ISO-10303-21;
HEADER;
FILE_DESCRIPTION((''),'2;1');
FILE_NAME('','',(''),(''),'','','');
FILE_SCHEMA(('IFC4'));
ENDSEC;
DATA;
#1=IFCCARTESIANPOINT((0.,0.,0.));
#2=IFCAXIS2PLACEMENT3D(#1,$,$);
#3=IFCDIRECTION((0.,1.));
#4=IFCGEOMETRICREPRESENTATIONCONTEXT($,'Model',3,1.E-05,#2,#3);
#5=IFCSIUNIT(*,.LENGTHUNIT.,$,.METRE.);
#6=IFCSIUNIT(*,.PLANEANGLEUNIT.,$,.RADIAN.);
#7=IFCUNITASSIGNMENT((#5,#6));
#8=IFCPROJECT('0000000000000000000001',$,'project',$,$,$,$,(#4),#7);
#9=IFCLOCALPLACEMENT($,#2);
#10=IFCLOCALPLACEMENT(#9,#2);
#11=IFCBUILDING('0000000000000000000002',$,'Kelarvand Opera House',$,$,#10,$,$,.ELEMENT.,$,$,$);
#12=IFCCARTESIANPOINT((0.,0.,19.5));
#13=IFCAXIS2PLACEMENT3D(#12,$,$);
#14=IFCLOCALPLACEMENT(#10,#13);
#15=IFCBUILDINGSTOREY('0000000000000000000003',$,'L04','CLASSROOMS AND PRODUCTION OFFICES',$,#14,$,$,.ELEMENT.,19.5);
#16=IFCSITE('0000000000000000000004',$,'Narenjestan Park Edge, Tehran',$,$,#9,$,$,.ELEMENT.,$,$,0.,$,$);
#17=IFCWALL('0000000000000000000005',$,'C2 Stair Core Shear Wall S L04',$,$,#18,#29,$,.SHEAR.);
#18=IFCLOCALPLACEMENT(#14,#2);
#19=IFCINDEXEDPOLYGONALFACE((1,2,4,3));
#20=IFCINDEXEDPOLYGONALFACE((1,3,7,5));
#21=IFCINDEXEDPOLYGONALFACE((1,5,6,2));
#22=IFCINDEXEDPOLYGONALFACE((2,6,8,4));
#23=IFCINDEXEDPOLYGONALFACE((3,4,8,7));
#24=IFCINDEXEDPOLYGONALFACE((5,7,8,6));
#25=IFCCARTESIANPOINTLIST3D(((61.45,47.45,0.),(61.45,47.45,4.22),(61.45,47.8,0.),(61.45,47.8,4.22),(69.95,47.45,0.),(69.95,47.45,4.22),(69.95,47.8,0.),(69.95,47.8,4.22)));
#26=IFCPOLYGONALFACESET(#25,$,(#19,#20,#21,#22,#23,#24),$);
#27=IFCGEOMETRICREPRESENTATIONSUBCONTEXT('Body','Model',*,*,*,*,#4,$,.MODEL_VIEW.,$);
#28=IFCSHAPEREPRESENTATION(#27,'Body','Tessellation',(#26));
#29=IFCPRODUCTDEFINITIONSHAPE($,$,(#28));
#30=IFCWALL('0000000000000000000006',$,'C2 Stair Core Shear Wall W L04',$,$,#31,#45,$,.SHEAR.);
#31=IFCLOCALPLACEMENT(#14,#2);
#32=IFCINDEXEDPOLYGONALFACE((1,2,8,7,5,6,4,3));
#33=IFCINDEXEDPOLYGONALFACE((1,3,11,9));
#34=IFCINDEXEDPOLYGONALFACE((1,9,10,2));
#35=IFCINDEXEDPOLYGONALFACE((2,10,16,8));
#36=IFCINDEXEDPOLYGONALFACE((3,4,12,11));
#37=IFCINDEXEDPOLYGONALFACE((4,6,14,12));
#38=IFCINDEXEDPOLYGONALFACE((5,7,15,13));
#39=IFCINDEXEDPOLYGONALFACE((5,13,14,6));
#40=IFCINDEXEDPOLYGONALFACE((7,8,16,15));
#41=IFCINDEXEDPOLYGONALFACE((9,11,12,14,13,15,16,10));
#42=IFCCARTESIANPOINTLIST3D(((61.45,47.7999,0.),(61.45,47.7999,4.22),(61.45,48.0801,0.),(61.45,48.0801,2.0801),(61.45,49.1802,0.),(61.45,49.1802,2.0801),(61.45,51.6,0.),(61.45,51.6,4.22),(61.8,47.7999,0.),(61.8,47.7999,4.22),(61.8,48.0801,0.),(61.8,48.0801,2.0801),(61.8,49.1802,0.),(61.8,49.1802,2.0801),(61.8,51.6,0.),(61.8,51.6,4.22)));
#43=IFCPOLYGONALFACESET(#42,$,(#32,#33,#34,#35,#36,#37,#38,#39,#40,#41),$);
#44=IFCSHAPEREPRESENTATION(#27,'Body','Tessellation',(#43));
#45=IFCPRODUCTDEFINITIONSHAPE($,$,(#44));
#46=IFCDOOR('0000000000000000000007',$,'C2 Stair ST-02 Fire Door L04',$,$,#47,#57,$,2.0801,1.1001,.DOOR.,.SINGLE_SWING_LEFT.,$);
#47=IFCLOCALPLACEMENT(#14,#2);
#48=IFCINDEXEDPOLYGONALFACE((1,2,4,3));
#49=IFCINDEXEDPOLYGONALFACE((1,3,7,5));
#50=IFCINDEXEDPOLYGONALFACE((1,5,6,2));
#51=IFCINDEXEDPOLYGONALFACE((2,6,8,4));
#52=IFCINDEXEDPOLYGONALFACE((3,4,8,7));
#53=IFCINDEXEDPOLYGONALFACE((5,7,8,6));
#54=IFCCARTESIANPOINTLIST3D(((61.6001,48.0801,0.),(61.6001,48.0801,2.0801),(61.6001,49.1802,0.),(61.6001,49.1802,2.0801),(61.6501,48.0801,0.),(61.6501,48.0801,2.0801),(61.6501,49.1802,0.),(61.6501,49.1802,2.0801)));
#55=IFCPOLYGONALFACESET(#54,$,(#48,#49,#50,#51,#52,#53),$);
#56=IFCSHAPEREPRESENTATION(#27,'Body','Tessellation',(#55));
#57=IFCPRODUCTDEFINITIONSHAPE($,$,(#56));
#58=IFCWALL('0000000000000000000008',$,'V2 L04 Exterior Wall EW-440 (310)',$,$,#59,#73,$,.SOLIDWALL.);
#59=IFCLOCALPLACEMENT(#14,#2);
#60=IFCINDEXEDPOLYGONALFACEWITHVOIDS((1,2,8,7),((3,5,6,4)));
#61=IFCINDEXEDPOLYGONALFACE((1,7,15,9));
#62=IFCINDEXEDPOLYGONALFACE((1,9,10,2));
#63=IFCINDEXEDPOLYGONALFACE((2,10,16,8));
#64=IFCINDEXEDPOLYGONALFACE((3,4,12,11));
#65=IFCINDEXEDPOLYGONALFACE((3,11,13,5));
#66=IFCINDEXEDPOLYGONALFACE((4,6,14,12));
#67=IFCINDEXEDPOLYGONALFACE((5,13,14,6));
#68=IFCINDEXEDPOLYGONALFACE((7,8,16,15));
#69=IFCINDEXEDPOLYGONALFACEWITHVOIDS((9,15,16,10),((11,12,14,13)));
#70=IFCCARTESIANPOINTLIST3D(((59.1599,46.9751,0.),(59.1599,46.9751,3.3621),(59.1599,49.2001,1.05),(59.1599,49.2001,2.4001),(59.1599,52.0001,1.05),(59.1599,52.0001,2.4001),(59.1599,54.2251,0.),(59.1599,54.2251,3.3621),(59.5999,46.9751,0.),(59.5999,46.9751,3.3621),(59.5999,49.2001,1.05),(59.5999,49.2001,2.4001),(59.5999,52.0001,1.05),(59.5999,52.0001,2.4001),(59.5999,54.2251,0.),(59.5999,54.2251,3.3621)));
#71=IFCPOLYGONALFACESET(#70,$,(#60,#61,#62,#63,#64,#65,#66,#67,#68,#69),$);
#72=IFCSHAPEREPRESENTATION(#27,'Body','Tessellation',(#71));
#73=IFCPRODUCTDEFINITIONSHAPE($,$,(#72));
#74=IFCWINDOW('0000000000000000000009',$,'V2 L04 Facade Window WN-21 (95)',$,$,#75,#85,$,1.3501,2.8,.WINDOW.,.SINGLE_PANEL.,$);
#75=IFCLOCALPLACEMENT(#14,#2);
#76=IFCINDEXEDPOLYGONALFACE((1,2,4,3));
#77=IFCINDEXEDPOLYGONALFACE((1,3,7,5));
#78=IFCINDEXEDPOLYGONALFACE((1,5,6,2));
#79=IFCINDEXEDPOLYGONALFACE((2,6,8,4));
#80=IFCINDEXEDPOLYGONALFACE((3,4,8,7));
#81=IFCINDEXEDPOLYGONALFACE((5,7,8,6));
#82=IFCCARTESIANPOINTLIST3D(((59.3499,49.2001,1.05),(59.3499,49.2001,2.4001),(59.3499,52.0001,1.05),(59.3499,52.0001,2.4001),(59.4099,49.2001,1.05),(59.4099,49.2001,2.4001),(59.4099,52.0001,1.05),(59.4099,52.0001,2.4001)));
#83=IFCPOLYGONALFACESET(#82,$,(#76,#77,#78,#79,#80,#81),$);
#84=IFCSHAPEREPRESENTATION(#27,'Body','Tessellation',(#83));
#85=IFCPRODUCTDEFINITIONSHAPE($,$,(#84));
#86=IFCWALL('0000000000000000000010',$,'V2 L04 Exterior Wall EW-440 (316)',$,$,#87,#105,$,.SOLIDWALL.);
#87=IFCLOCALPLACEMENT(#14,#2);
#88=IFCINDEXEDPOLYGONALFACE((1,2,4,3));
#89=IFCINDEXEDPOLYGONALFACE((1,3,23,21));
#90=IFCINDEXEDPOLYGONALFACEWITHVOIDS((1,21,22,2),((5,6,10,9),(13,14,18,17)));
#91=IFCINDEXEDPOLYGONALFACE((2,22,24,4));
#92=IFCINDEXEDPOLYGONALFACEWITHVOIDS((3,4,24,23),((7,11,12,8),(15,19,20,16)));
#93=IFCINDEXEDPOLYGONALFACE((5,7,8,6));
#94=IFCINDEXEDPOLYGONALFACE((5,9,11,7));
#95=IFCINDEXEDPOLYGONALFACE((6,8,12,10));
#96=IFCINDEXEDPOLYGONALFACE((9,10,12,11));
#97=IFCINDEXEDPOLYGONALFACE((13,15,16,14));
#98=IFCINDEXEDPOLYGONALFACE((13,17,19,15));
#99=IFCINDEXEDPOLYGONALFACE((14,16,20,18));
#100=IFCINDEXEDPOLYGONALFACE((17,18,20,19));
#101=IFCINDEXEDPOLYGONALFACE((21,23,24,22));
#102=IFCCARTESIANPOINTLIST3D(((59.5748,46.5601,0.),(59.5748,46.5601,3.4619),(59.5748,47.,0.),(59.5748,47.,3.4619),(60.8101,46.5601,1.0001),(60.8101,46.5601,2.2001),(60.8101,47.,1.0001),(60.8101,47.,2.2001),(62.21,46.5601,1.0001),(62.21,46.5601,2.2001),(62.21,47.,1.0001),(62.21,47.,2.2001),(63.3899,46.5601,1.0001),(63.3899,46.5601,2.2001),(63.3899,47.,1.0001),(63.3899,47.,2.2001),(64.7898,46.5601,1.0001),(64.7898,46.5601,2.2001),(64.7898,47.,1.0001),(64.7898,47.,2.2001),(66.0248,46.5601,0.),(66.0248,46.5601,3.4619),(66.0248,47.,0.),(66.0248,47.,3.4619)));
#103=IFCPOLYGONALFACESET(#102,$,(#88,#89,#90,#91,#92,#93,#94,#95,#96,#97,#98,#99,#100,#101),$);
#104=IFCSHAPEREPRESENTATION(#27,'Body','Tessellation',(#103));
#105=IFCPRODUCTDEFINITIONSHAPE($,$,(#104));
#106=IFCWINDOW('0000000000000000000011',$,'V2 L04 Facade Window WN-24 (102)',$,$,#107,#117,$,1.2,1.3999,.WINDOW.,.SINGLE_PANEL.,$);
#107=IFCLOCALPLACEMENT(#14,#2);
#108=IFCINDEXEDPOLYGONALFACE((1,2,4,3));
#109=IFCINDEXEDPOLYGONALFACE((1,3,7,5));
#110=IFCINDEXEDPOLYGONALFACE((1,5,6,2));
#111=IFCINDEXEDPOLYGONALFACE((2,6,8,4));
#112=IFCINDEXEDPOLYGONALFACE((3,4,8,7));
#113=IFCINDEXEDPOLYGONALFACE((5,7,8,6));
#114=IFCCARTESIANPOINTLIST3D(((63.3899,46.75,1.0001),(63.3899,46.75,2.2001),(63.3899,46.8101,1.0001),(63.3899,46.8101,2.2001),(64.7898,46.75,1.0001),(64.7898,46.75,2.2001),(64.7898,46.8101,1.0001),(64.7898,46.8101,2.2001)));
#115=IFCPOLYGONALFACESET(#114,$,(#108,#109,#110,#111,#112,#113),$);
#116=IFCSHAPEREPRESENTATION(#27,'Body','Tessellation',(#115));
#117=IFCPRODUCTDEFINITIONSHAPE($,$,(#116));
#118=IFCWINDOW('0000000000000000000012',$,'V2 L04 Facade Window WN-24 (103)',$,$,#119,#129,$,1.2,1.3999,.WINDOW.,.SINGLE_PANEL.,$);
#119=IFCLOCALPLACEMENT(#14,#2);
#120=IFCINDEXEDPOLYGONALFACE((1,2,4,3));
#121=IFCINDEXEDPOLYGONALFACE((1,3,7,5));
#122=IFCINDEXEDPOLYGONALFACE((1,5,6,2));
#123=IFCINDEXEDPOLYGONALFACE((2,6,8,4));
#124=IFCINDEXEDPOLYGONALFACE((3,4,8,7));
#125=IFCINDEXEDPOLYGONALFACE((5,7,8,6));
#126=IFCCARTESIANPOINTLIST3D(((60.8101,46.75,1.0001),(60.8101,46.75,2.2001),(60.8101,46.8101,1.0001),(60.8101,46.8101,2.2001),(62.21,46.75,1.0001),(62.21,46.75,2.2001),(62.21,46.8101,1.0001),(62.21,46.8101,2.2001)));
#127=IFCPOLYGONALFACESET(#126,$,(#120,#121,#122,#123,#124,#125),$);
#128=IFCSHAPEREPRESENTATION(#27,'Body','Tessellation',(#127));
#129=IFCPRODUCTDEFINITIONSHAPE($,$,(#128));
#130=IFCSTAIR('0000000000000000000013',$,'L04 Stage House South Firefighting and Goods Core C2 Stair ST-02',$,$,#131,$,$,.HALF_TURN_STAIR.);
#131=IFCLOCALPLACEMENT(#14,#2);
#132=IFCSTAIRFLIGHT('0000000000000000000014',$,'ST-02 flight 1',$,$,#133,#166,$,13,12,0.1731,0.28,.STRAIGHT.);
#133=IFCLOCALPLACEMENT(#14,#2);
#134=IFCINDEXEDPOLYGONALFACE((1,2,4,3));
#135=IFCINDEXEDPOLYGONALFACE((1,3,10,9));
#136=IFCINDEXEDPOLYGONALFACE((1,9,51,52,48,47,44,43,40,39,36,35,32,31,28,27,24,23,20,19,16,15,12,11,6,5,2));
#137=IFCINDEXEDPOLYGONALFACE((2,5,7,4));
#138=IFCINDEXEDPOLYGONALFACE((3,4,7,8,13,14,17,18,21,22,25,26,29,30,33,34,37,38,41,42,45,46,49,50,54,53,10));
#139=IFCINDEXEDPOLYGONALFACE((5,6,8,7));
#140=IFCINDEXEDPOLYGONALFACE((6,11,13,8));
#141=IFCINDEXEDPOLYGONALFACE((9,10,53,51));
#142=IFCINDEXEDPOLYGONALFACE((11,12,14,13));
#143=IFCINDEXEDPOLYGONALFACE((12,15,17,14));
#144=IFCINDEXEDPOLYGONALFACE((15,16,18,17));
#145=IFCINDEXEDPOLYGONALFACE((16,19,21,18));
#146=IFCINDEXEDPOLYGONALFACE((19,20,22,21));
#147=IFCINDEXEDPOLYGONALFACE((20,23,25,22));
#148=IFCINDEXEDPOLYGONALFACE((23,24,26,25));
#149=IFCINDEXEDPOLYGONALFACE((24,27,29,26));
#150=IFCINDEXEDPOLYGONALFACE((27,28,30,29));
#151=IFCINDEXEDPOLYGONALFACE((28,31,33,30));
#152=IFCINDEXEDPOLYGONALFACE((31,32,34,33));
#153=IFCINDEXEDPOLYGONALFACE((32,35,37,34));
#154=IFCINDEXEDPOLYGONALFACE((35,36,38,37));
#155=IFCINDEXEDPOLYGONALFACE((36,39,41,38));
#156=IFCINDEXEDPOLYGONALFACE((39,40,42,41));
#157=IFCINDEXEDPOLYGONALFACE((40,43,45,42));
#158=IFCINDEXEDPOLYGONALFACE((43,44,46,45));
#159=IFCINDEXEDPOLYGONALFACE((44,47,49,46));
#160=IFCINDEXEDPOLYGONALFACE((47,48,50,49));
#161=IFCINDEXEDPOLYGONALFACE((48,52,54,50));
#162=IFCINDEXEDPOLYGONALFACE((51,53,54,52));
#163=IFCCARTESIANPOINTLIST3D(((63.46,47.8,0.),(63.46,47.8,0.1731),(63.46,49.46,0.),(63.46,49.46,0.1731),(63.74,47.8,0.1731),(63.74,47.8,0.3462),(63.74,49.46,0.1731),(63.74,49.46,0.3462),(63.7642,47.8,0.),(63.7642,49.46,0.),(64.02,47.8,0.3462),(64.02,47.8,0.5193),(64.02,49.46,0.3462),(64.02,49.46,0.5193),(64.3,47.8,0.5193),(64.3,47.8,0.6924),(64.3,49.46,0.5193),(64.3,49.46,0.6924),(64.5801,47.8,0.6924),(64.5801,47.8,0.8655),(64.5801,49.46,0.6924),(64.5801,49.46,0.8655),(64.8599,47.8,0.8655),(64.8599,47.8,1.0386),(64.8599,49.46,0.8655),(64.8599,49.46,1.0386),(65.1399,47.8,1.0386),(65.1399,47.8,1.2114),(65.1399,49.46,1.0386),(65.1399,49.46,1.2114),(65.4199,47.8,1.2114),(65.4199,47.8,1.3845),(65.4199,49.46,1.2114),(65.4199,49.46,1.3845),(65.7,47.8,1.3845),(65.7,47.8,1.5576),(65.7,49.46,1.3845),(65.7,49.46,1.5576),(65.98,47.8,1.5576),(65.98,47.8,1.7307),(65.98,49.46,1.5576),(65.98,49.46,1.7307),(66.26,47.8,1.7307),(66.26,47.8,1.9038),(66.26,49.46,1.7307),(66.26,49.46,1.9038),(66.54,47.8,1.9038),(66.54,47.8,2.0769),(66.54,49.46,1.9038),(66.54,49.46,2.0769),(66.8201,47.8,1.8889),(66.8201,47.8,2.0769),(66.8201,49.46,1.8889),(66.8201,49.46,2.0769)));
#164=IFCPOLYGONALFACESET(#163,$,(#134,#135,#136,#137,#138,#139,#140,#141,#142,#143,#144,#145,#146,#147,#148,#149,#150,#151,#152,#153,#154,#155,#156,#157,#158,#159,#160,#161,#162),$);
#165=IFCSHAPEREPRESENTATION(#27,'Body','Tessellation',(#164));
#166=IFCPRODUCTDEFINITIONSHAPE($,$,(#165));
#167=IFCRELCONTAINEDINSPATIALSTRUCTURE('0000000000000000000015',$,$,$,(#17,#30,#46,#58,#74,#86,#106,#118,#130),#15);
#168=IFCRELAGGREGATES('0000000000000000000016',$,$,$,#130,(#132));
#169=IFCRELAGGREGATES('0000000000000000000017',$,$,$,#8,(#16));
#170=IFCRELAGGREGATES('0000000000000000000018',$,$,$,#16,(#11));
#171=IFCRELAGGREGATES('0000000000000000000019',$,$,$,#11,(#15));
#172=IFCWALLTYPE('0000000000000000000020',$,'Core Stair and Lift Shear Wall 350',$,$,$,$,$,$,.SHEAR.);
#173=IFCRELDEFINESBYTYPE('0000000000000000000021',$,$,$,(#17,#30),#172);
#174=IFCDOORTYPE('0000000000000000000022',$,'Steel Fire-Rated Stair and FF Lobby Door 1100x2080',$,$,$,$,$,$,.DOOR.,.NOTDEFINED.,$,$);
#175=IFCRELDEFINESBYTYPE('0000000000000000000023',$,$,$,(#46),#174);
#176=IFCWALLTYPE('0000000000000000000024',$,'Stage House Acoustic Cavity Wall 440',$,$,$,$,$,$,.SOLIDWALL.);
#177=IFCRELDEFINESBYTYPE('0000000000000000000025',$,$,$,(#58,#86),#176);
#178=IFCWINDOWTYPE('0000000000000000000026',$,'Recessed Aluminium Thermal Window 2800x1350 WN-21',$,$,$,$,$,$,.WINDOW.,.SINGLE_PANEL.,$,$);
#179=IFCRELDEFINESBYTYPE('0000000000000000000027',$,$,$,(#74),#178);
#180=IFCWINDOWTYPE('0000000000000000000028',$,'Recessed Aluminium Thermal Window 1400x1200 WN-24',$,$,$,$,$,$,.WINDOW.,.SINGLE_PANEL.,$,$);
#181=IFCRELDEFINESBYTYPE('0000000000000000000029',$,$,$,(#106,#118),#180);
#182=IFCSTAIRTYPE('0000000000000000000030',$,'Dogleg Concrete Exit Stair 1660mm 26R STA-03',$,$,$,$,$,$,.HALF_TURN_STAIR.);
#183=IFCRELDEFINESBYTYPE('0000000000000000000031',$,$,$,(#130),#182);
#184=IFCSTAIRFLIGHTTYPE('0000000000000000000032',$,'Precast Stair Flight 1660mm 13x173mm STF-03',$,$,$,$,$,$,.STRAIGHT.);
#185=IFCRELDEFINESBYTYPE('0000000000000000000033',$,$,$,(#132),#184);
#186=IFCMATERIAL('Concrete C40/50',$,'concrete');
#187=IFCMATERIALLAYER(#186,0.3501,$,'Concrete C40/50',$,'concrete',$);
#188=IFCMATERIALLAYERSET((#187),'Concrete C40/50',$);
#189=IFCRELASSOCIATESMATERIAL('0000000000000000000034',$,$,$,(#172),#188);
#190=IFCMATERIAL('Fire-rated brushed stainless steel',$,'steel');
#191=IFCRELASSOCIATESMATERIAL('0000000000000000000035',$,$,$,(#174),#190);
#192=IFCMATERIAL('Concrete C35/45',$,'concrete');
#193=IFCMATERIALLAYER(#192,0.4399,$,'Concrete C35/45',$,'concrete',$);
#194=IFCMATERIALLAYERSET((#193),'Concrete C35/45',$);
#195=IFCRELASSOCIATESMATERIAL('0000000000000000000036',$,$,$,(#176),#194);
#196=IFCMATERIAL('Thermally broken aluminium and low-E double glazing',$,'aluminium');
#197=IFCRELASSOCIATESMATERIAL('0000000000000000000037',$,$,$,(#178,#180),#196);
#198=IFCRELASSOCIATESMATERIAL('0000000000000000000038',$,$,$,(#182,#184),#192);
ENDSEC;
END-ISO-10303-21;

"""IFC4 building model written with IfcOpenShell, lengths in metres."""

from ifc_helpers import new_model, si_unit, direction, frame, frame_2d, origin, place, context, subcontext, project, spatial, polyline, rectangle, outline, extrude, material, layer, layer_set, type_object, element, fill, aggregate, save


model = new_model("IFC4")

# Units and contexts
model_context = context("Model", 3, precision=1e-05, world=origin(), true_north=direction((0.0, 1.0)))
body_context = subcontext(model_context, "Body", "Model", "MODEL_VIEW")
ifc_project = project(units=[si_unit("LENGTHUNIT", "METRE"), si_unit("PLANEANGLEUNIT", "RADIAN")], contexts=[model_context])

# Site, building, storey
site_placement = place(None, origin())
site = spatial("IfcSite", under=ifc_project, at=site_placement, Name="Narenjestan Park Edge, Tehran", CompositionType="ELEMENT", RefElevation=0.0)
building_placement = place(site_placement, origin())
building = spatial("IfcBuilding", under=site, at=building_placement, Name="Kelarvand Opera House", CompositionType="ELEMENT")
storey_placement = place(building_placement, frame((0.0, 0.0, 19.5)))
storey = spatial("IfcBuildingStorey", under=building, at=storey_placement, Name="L04", Description="CLASSROOMS AND PRODUCTION OFFICES", CompositionType="ELEMENT", Elevation=19.5)

# Shared definitions
ifc_material_1 = material(Name="Concrete C40/50", Category="concrete")

# Shared definitions
ifc_material_2 = material(Name="Concrete C35/45", Category="concrete")

# Wall
ifc_layer_1 = layer(ifc_material_1, 0.3501, Name="Concrete C40/50", Category="concrete")
ifc_layer_set_1 = layer_set([ifc_layer_1], Name="Concrete C40/50")
wall_type_1 = type_object("IfcWallType", Name="Core Stair and Lift Shear Wall 350", PredefinedType="SHEAR", material=ifc_layer_set_1)
wall_1_placement = place(storey_placement, frame((61.45, 47.625, 0.0), z_axis=(0.0, 0.0, 1.0), x_axis=(1.0, 0.0, 0.0)))
element("IfcWall", 1, at=wall_1_placement, inside=storey, type_object=wall_type_1, Name="C2 Stair Core Shear Wall S L04", PredefinedType="SHEAR", context=body_context, shape_type="SweptSolid", body=[
    extrude(rectangle(XDim=8.5, YDim=0.3501, at=frame_2d((4.25, 0.0))), origin(), (0.0, 0.0, 1.0), 4.22),
])

# Wall, opening, door
wall_2_placement = place(storey_placement, frame((61.625, 47.8, 0.0), z_axis=(0.0, 0.0, 1.0), x_axis=(0.0, 1.0, 0.0)))
wall_2 = element("IfcWall", 2, at=wall_2_placement, inside=storey, type_object=wall_type_1, Name="C2 Stair Core Shear Wall W L04", PredefinedType="SHEAR", context=body_context, shape_type="SweptSolid", body=[
    extrude(rectangle(XDim=3.8, YDim=0.3501, at=frame_2d((1.8999, 0.0))), origin(), (0.0, 0.0, 1.0), 4.22),
])
opening_1_placement = place(wall_2_placement, frame((0.28, 0.0, 0.0)))
opening_1 = element("IfcOpeningElement", 3, at=opening_1_placement, cuts=wall_2, PredefinedType="OPENING", context=body_context, shape_type="SweptSolid", body=[
    extrude(rectangle(XDim=1.1001, YDim=2.0801, at=frame_2d((0.55, 1.04))), frame((0.0, 0.1851, 0.0), z_axis=(0.0, -1.0, 0.0), x_axis=(1.0, 0.0, 0.0)), (0.0, 0.0, 1.0), 0.3701),
])
ifc_material_3 = material(Name="Fire-rated brushed stainless steel", Category="steel")
door_type = type_object("IfcDoorType", Name="Steel Fire-Rated Stair and FF Lobby Door 1100x2080", OperationType="NOTDEFINED", PredefinedType="DOOR", material=ifc_material_3)
door_placement = place(opening_1_placement, origin())
door = element("IfcDoor", 4, at=door_placement, inside=storey, type_object=door_type, Name="C2 Stair ST-02 Fire Door L04", OperationType="SINGLE_SWING_LEFT", OverallHeight=2.0801, OverallWidth=1.1001, PredefinedType="DOOR", context=body_context, shape_type="SweptSolid", body=[
    extrude(rectangle(XDim=1.1001, YDim=2.0801, at=frame_2d((0.55, 1.04))), frame((0.0, 0.0249, 0.0), z_axis=(0.0, -1.0, 0.0), x_axis=(1.0, 0.0, 0.0)), (0.0, 0.0, 1.0), 0.05),
])
fill(opening_1, door)

# Wall, opening, window
ifc_layer_2 = layer(ifc_material_2, 0.4399, Name="Concrete C35/45", Category="concrete")
ifc_layer_set_2 = layer_set([ifc_layer_2], Name="Concrete C35/45")
wall_type_2 = type_object("IfcWallType", Name="Stage House Acoustic Cavity Wall 440", PredefinedType="SOLIDWALL", material=ifc_layer_set_2)
wall_3_placement = place(storey_placement, frame((59.3799, 46.9751, 0.0), z_axis=(0.0, 0.0, 1.0), x_axis=(0.0, 1.0, 0.0)))
wall_3 = element("IfcWall", 5, at=wall_3_placement, inside=storey, type_object=wall_type_2, Name="V2 L04 Exterior Wall EW-440 (310)", PredefinedType="SOLIDWALL", context=body_context, shape_type="SweptSolid", body=[
    extrude(rectangle(XDim=7.25, YDim=0.4399, at=frame_2d((3.625, 0.0))), origin(), (0.0, 0.0, 1.0), 3.3621),
])
opening_2_placement = place(wall_3_placement, frame((2.2251, 0.0, 1.05)))
opening_2 = element("IfcOpeningElement", 6, at=opening_2_placement, cuts=wall_3, PredefinedType="OPENING", context=body_context, shape_type="SweptSolid", body=[
    extrude(rectangle(XDim=2.8, YDim=1.3501, at=frame_2d((1.3999, 0.675))), frame((0.0, 0.23, 0.0), z_axis=(0.0, -1.0, 0.0), x_axis=(1.0, 0.0, 0.0)), (0.0, 0.0, 1.0), 0.46),
])
ifc_material_4 = material(Name="Thermally broken aluminium and low-E double glazing", Category="aluminium")
window_type_1 = type_object("IfcWindowType", Name="Recessed Aluminium Thermal Window 2800x1350 WN-21", PartitioningType="SINGLE_PANEL", PredefinedType="WINDOW", material=ifc_material_4)
window_1_placement = place(opening_2_placement, origin())
window_1 = element("IfcWindow", 7, at=window_1_placement, inside=storey, type_object=window_type_1, Name="V2 L04 Facade Window WN-21 (95)", OverallHeight=1.3501, OverallWidth=2.8, PartitioningType="SINGLE_PANEL", PredefinedType="WINDOW", context=body_context, shape_type="SweptSolid", body=[
    extrude(rectangle(XDim=2.8, YDim=1.3501, at=frame_2d((1.3999, 0.675))), frame((0.0, 0.03, 0.0), z_axis=(0.0, -1.0, 0.0), x_axis=(1.0, 0.0, 0.0)), (0.0, 0.0, 1.0), 0.0601),
])
fill(opening_2, window_1)

# Wall, openings, windows
wall_4_placement = place(storey_placement, frame((66.0249, 46.78, 0.0), z_axis=(0.0, 0.0, 1.0), x_axis=(-1.0, 0.0, 0.0)))
wall_4 = element("IfcWall", 8, at=wall_4_placement, inside=storey, type_object=wall_type_2, Name="V2 L04 Exterior Wall EW-440 (316)", PredefinedType="SOLIDWALL", context=body_context, shape_type="SweptSolid", body=[
    extrude(rectangle(XDim=6.45, YDim=0.4399, at=frame_2d((3.2251, 0.0))), origin(), (0.0, 0.0, 1.0), 3.4619),
])
opening_3_placement = place(wall_4_placement, frame((1.2351, 0.0, 1.0)))
opening_3 = element("IfcOpeningElement", 9, at=opening_3_placement, cuts=wall_4, PredefinedType="OPENING", context=body_context, shape_type="SweptSolid", body=[
    extrude(rectangle(XDim=1.3999, YDim=1.2, at=frame_2d((0.7, 0.6001))), frame((0.0, 0.23, 0.0), z_axis=(0.0, -1.0, 0.0), x_axis=(1.0, 0.0, 0.0)), (0.0, 0.0, 1.0), 0.46),
])
opening_4_placement = place(wall_4_placement, frame((3.8149, 0.0, 1.0)))
opening_4 = element("IfcOpeningElement", 10, at=opening_4_placement, cuts=wall_4, PredefinedType="OPENING", context=body_context, shape_type="SweptSolid", body=[
    extrude(rectangle(XDim=1.3999, YDim=1.2, at=frame_2d((0.7, 0.6001))), frame((0.0, 0.23, 0.0), z_axis=(0.0, -1.0, 0.0), x_axis=(1.0, 0.0, 0.0)), (0.0, 0.0, 1.0), 0.46),
])
window_type_2 = type_object("IfcWindowType", Name="Recessed Aluminium Thermal Window 1400x1200 WN-24", PartitioningType="SINGLE_PANEL", PredefinedType="WINDOW", material=ifc_material_4)
window_2_placement = place(opening_3_placement, origin())
window_2 = element("IfcWindow", 11, at=window_2_placement, inside=storey, type_object=window_type_2, Name="V2 L04 Facade Window WN-24 (102)", OverallHeight=1.2, OverallWidth=1.3999, PartitioningType="SINGLE_PANEL", PredefinedType="WINDOW", context=body_context, shape_type="SweptSolid", body=[
    extrude(rectangle(XDim=1.3999, YDim=1.2, at=frame_2d((0.7, 0.6001))), frame((0.0, 0.03, 0.0), z_axis=(0.0, -1.0, 0.0), x_axis=(1.0, 0.0, 0.0)), (0.0, 0.0, 1.0), 0.0601),
])
fill(opening_3, window_2)
window_3_placement = place(opening_4_placement, origin())
window_3 = element("IfcWindow", 12, at=window_3_placement, inside=storey, type_object=window_type_2, Name="V2 L04 Facade Window WN-24 (103)", OverallHeight=1.2, OverallWidth=1.3999, PartitioningType="SINGLE_PANEL", PredefinedType="WINDOW", context=body_context, shape_type="SweptSolid", body=[
    extrude(rectangle(XDim=1.3999, YDim=1.2, at=frame_2d((0.7, 0.6001))), frame((0.0, 0.03, 0.0), z_axis=(0.0, -1.0, 0.0), x_axis=(1.0, 0.0, 0.0)), (0.0, 0.0, 1.0), 0.0601),
])
fill(opening_4, window_3)

# Stair, stair flight
stair_type = type_object("IfcStairType", Name="Dogleg Concrete Exit Stair 1660mm 26R STA-03", PredefinedType="HALF_TURN_STAIR", material=ifc_material_2)
stair_placement = place(storey_placement, origin())
stair = element("IfcStair", 13, at=stair_placement, inside=storey, type_object=stair_type, Name="L04 Stage House South Firefighting and Goods Core C2 Stair ST-02", PredefinedType="HALF_TURN_STAIR")
stair_flight_type = type_object("IfcStairFlightType", Name="Precast Stair Flight 1660mm 13x173mm STF-03", PredefinedType="STRAIGHT", material=ifc_material_2)
stair_flight_placement = place(storey_placement, frame((63.46, 48.6299, 0.0), z_axis=(0.0, 0.0, 1.0), x_axis=(1.0, 0.0, 0.0)))
stair_flight = element("IfcStairFlight", 14, at=stair_flight_placement, type_object=stair_flight_type, Name="ST-02 flight 1", NumberOfRisers=13, NumberOfTreads=12, PredefinedType="STRAIGHT", RiserHeight=0.1731, TreadLength=0.28, context=body_context, shape_type="SweptSolid", body=[
    extrude(outline(polyline([(0.0, 0.0), (0.0, 0.1731), (0.28, 0.1731), (0.28, 0.3462), (0.5601, 0.3462), (0.5601, 0.5193), (0.8401, 0.5193), (0.8401, 0.6924), (1.1201, 0.6924), (1.1201, 0.8655), (1.3999, 0.8655), (1.3999, 1.0386), (1.6799, 1.0386), (1.6799, 1.2114), (1.96, 1.2114), (1.96, 1.3845), (2.24, 1.3845), (2.24, 1.5576), (2.52, 1.5576), (2.52, 1.7307), (2.8, 1.7307), (2.8, 1.9038), (3.0801, 1.9038), (3.0801, 2.0769), (3.3601, 2.0769), (3.3601, 2.25), (3.3601, 1.8889), (0.3042, 0.0), (0.0, 0.0)])), frame((0.0, 0.8301, 0.0), z_axis=(0.0, -1.0, 0.0), x_axis=(1.0, 0.0, 0.0)), (0.0, 0.0, 1.0), 1.6599),
])
aggregate(stair, [stair_flight])

save(model, "model.ifc")
